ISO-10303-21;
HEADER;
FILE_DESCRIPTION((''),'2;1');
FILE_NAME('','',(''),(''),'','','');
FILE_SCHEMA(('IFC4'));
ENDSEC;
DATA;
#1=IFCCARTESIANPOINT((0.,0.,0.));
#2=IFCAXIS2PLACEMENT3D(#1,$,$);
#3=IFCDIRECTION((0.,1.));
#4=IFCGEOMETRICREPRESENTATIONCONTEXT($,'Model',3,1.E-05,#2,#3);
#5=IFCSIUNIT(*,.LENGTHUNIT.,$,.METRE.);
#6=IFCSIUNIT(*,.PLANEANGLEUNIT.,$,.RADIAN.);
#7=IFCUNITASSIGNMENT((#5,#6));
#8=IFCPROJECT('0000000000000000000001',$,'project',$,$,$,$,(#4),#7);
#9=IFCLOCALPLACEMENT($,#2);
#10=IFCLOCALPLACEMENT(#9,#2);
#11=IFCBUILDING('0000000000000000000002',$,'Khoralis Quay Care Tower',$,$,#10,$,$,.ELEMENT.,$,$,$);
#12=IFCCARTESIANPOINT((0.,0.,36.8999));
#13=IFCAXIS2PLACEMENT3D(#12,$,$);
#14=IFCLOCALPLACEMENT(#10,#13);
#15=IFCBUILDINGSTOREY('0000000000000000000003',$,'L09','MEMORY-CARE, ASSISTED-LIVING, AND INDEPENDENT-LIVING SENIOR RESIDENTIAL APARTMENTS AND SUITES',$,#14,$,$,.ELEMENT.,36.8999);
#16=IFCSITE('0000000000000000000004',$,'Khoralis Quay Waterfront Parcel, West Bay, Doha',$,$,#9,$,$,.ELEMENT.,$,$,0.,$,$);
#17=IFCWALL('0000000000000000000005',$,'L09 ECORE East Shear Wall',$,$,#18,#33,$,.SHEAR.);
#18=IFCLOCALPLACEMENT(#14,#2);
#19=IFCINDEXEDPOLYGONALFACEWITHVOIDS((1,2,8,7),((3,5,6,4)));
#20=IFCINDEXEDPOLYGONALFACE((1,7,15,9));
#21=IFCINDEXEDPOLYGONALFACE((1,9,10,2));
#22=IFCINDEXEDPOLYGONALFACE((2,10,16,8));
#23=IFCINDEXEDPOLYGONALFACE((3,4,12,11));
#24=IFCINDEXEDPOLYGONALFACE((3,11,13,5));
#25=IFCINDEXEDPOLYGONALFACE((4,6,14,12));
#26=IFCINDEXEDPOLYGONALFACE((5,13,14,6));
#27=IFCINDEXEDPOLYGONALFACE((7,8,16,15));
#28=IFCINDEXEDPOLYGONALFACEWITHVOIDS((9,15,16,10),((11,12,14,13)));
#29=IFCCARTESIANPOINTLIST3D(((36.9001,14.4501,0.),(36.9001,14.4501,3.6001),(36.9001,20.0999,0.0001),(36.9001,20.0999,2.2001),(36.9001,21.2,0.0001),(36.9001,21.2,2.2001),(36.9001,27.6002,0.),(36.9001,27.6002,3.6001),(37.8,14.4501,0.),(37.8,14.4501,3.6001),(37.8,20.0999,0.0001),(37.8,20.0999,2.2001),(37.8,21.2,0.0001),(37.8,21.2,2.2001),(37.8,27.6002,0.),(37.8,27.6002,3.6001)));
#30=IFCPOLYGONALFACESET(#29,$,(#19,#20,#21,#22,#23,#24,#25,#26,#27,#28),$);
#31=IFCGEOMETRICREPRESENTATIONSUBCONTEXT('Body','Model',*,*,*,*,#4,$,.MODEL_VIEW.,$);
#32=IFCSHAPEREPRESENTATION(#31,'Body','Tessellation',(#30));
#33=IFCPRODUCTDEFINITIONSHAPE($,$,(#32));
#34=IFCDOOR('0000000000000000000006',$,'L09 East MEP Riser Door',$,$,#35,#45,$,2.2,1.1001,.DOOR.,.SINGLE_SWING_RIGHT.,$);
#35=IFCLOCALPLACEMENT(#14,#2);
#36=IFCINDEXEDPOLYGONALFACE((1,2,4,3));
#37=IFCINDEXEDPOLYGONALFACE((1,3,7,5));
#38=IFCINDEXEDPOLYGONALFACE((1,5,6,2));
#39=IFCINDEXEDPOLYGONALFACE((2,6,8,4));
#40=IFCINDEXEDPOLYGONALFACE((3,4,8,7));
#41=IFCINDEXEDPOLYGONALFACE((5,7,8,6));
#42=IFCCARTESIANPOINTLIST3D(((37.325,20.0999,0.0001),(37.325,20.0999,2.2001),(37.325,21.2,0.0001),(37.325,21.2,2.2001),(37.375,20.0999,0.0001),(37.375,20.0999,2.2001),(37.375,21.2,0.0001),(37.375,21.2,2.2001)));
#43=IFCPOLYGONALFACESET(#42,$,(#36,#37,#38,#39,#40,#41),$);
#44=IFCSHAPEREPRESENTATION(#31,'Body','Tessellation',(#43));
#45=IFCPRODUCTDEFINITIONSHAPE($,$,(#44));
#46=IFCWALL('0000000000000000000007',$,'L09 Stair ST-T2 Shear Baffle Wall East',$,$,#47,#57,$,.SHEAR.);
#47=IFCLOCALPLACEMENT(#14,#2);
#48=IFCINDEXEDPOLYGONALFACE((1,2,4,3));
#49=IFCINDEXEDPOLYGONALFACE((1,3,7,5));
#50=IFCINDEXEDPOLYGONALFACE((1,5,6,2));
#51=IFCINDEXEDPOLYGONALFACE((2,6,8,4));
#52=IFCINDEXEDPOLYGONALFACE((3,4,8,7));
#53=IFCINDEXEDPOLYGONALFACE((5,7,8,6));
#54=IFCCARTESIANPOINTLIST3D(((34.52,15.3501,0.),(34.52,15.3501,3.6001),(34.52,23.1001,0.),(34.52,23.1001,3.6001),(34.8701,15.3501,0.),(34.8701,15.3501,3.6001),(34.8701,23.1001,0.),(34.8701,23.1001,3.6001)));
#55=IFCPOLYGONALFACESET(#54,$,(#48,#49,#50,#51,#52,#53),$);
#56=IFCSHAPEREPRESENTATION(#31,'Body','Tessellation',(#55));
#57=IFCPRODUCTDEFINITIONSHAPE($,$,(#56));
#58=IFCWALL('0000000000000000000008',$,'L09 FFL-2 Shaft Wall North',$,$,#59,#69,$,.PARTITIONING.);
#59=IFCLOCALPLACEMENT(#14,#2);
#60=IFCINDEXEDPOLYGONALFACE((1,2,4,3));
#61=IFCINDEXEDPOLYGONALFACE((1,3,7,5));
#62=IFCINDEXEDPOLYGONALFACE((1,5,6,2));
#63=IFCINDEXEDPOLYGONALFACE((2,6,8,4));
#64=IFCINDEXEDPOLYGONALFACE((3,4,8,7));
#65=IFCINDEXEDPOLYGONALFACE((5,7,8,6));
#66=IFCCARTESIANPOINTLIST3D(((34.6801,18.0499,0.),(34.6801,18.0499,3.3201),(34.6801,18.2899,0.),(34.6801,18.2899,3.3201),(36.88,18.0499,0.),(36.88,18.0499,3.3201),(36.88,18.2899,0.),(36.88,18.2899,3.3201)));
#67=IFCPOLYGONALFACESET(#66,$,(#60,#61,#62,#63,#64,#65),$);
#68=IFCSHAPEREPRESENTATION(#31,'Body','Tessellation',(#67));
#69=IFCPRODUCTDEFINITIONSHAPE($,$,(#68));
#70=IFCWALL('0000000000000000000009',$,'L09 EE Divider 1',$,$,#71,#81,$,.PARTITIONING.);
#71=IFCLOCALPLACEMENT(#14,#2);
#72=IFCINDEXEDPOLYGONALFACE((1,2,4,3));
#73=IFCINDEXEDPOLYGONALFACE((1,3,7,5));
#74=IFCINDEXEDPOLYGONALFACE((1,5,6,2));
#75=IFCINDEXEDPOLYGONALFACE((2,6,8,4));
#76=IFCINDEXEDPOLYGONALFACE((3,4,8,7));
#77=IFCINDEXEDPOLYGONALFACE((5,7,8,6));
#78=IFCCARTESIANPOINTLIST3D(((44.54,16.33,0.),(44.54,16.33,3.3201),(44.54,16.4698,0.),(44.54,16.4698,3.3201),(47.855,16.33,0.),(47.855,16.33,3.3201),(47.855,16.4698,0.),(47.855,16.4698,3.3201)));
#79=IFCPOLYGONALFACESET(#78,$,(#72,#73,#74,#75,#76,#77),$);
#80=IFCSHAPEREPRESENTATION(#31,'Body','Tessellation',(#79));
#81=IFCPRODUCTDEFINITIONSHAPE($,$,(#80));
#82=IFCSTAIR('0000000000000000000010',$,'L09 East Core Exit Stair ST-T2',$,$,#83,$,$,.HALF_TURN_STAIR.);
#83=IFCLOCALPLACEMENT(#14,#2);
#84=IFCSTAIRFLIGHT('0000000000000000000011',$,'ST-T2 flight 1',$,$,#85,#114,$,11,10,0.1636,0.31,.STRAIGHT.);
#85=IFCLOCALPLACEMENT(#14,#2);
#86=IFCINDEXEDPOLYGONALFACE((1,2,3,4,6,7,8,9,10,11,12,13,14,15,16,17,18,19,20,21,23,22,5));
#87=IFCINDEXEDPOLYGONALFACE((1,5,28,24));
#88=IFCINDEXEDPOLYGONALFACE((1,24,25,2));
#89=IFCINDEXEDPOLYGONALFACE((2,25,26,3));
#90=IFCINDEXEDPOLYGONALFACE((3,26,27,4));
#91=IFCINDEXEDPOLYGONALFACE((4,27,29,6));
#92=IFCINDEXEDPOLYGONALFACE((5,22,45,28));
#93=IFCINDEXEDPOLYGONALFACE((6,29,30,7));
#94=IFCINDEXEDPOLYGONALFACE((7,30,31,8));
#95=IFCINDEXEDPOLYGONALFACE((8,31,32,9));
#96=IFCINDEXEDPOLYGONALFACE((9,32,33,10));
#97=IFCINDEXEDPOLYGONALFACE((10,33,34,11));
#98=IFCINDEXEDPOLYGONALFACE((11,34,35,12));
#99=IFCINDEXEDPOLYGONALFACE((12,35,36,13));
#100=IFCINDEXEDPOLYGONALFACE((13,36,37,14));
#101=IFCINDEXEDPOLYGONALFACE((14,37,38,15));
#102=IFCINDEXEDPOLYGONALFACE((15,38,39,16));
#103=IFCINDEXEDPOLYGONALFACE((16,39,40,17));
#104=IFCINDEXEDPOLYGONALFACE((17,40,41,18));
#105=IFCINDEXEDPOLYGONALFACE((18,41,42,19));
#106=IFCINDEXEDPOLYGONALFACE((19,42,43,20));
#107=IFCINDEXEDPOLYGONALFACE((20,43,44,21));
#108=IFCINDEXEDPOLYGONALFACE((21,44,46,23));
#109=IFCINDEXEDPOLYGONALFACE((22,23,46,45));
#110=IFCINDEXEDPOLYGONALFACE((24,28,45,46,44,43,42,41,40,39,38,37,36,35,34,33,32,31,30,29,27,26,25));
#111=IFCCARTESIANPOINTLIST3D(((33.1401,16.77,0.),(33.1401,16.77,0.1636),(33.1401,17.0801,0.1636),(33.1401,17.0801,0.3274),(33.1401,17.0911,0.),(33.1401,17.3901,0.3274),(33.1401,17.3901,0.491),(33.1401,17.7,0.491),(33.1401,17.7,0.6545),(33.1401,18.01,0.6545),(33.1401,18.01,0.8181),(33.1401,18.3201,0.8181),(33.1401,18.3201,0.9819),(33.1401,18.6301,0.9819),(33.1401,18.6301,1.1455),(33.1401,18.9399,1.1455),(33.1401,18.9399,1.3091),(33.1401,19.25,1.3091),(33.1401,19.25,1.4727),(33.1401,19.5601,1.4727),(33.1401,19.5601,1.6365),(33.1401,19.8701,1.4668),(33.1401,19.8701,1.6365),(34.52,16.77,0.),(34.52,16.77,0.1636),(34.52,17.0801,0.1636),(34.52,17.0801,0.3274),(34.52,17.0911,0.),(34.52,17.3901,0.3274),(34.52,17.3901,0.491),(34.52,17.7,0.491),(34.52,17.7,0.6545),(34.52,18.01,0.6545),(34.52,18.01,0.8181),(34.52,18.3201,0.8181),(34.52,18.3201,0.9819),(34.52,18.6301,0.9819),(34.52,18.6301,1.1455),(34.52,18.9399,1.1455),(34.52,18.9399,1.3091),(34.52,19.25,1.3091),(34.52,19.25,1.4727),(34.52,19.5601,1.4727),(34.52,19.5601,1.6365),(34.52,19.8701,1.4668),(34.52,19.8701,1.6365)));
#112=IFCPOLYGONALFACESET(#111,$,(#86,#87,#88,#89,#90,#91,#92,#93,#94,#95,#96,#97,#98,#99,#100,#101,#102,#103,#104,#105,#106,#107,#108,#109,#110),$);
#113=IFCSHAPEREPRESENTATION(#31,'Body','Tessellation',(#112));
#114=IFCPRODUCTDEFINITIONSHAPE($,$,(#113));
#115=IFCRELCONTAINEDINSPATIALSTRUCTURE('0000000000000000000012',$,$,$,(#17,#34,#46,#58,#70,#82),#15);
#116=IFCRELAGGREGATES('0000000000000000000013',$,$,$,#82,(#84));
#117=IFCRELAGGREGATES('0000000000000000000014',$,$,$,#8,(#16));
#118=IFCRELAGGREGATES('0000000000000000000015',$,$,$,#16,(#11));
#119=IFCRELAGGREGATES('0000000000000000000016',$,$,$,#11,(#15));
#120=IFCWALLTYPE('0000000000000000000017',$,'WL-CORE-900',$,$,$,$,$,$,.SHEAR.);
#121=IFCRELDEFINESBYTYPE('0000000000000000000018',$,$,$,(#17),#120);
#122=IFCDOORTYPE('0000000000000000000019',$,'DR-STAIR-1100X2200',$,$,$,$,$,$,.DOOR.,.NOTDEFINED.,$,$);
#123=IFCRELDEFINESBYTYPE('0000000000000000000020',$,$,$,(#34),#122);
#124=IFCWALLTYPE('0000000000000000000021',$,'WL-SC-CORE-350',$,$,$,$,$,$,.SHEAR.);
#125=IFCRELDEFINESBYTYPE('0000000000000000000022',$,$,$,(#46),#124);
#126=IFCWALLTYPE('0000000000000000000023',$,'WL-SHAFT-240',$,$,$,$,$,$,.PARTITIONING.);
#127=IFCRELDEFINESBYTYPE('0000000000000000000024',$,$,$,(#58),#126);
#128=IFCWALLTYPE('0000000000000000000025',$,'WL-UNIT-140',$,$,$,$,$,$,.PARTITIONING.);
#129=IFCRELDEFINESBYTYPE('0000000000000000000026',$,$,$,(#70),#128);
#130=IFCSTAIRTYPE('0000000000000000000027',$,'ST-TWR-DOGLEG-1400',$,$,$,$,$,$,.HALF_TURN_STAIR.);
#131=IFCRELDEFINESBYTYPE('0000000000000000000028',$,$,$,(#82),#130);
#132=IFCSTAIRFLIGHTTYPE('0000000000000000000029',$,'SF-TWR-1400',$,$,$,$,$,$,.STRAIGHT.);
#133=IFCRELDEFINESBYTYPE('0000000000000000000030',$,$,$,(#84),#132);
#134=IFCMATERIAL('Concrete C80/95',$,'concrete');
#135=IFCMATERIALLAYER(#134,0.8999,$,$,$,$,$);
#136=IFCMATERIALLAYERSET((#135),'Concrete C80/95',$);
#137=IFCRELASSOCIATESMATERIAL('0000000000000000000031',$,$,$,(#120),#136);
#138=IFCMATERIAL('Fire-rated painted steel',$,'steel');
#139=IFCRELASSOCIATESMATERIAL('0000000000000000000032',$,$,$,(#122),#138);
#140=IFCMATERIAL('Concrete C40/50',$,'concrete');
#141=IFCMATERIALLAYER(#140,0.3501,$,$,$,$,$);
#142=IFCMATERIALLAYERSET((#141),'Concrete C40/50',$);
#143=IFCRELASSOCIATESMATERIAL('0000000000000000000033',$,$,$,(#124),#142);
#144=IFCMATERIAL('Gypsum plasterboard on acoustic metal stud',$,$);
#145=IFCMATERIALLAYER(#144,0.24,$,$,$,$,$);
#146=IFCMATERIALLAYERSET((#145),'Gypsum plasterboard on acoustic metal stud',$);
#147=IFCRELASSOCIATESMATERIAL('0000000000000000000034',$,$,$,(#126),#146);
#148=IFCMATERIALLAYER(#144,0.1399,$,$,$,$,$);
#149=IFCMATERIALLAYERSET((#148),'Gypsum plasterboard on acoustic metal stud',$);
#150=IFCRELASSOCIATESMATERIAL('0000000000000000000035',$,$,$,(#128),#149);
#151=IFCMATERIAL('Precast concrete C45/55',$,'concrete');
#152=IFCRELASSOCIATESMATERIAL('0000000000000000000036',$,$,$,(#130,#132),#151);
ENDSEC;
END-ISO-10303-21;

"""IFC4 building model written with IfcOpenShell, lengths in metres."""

from ifc_helpers import new_model, si_unit, direction, frame, frame_2d, origin, place, context, subcontext, project, spatial, polyline, rectangle, outline, extrude, source, transform, mapped, material, layer, layer_set, type_object, element, fill, aggregate, save


model = new_model("IFC4")

# Units and contexts
model_context = context("Model", 3, precision=1e-05, world=origin(), true_north=direction((0.0, 1.0)))
body_context = subcontext(model_context, "Body", "Model", "MODEL_VIEW")
ifc_project = project(units=[si_unit("LENGTHUNIT", "METRE"), si_unit("PLANEANGLEUNIT", "RADIAN")], contexts=[model_context])

# Site, building, storey
site_placement = place(None, origin())
site = spatial("IfcSite", under=ifc_project, at=site_placement, Name="Khoralis Quay Waterfront Parcel, West Bay, Doha", CompositionType="ELEMENT", RefElevation=0.0)
building_placement = place(site_placement, origin())
building = spatial("IfcBuilding", under=site, at=building_placement, Name="Khoralis Quay Care Tower", CompositionType="ELEMENT")
storey_placement = place(building_placement, frame((0.0, 0.0, 36.8999)))
storey = spatial("IfcBuildingStorey", under=building, at=storey_placement, Name="L09", Description="MEMORY-CARE, ASSISTED-LIVING, AND INDEPENDENT-LIVING SENIOR RESIDENTIAL APARTMENTS AND SUITES", CompositionType="ELEMENT", Elevation=36.8999)

# Shared definitions
ifc_material_1 = material(Name="Concrete C80/95", Category="concrete")

# Wall, opening, door
ifc_layer_1 = layer(ifc_material_1, 0.8999)
ifc_layer_set_1 = layer_set([ifc_layer_1], Name="Concrete C80/95")
wall_type_1 = type_object("IfcWallType", Name="WL-CORE-900", PredefinedType="SHEAR", material=ifc_layer_set_1)
wall_1_placement = place(storey_placement, frame((37.3501, 14.45, 0.0), z_axis=(0.0, 0.0, 1.0), x_axis=(0.0, 1.0, 0.0)))
wall_1 = element("IfcWall", 1, at=wall_1_placement, inside=storey, type_object=wall_type_1, Name="L09 ECORE East Shear Wall", PredefinedType="SHEAR", context=body_context, shape_type="SweptSolid", body=[
    extrude(rectangle(XDim=13.1501, YDim=0.8999, at=frame_2d((6.5752, 0.0))), origin(), (0.0, 0.0, 1.0), 3.6001),
])
opening_placement = place(wall_1_placement, frame((5.6499, 0.0, 0.0)))
opening = element("IfcOpeningElement", 2, at=opening_placement, cuts=wall_1, PredefinedType="OPENING", context=body_context, shape_type="SweptSolid", body=[
    extrude(rectangle(XDim=1.1001, YDim=2.2, at=frame_2d((0.55, 1.1001))), frame((0.0, 0.46, 0.0), z_axis=(0.0, -1.0, 0.0), x_axis=(1.0, 0.0, 0.0)), (0.0, 0.0, 1.0), 0.9199),
])
ifc_material_2 = material(Name="Fire-rated painted steel", Category="steel")
door_type = type_object("IfcDoorType", Name="DR-STAIR-1100X2200", OperationType="NOTDEFINED", PredefinedType="DOOR", material=ifc_material_2)
shared_shape_1 = source(origin(), body_context, "Body", "SweptSolid", [
    extrude(rectangle(XDim=1.1001, YDim=2.2, at=frame_2d((0.55, 1.1001))), frame((0.0, 0.0249, 0.0), z_axis=(0.0, -1.0, 0.0), x_axis=(1.0, 0.0, 0.0)), (0.0, 0.0, 1.0), 0.05),
])
door_placement = place(opening_placement, frame((1.1001, 0.0, 0.0), z_axis=(0.0, 0.0, 1.0), x_axis=(-1.0, 0.0, 0.0)))
door = element("IfcDoor", 3, at=door_placement, inside=storey, type_object=door_type, Name="L09 East MEP Riser Door", OperationType="SINGLE_SWING_RIGHT", OverallHeight=2.2, OverallWidth=1.1001, PredefinedType="DOOR", context=body_context, shape_type="MappedRepresentation", body=[
    mapped(shared_shape_1, transform((0.0, 0.0, 0.0), scale=1.0)),
])
fill(opening, door)

# Walls
ifc_material_3 = material(Name="Concrete C40/50", Category="concrete")
ifc_layer_2 = layer(ifc_material_3, 0.3501)
ifc_layer_set_2 = layer_set([ifc_layer_2], Name="Concrete C40/50")
wall_type_2 = type_object("IfcWallType", Name="WL-SC-CORE-350", PredefinedType="SHEAR", material=ifc_layer_set_2)
wall_2_placement = place(storey_placement, frame((34.6951, 15.3501, 0.0), z_axis=(0.0, 0.0, 1.0), x_axis=(0.0, 1.0, 0.0)))
element("IfcWall", 4, at=wall_2_placement, inside=storey, type_object=wall_type_2, Name="L09 Stair ST-T2 Shear Baffle Wall East", PredefinedType="SHEAR", context=body_context, shape_type="SweptSolid", body=[
    extrude(rectangle(XDim=7.75, YDim=0.3501, at=frame_2d((3.875, 0.0))), origin(), (0.0, 0.0, 1.0), 3.6001),
])
ifc_material_4 = material(Name="Gypsum plasterboard on acoustic metal stud")
ifc_layer_3 = layer(ifc_material_4, 0.24)
ifc_layer_set_3 = layer_set([ifc_layer_3], Name="Gypsum plasterboard on acoustic metal stud")
wall_type_3 = type_object("IfcWallType", Name="WL-SHAFT-240", PredefinedType="PARTITIONING", material=ifc_layer_set_3)
wall_3_placement = place(storey_placement, frame((34.6799, 18.1699, 0.0), z_axis=(0.0, 0.0, 1.0), x_axis=(1.0, 0.0, 0.0)))
element("IfcWall", 5, at=wall_3_placement, inside=storey, type_object=wall_type_3, Name="L09 FFL-2 Shaft Wall North", PredefinedType="PARTITIONING", context=body_context, shape_type="SweptSolid", body=[
    extrude(rectangle(XDim=2.2, YDim=0.24, at=frame_2d((1.1001, 0.0))), origin(), (0.0, 0.0, 1.0), 3.3201),
])
ifc_layer_4 = layer(ifc_material_4, 0.1399)
ifc_layer_set_4 = layer_set([ifc_layer_4], Name="Gypsum plasterboard on acoustic metal stud")
wall_type_4 = type_object("IfcWallType", Name="WL-UNIT-140", PredefinedType="PARTITIONING", material=ifc_layer_set_4)
wall_4_placement = place(storey_placement, frame((44.54, 16.3999, 0.0), z_axis=(0.0, 0.0, 1.0), x_axis=(1.0, 0.0, 0.0)))
element("IfcWall", 6, at=wall_4_placement, inside=storey, type_object=wall_type_4, Name="L09 EE Divider 1", PredefinedType="PARTITIONING", context=body_context, shape_type="SweptSolid", body=[
    extrude(rectangle(XDim=3.3149, YDim=0.1399, at=frame_2d((1.6575, 0.0))), origin(), (0.0, 0.0, 1.0), 3.3201),
])

# Stair, stair flight
ifc_material_5 = material(Name="Precast concrete C45/55", Category="concrete")
stair_type = type_object("IfcStairType", Name="ST-TWR-DOGLEG-1400", PredefinedType="HALF_TURN_STAIR", material=ifc_material_5)
stair_placement = place(storey_placement, origin())
stair = element("IfcStair", 7, at=stair_placement, inside=storey, type_object=stair_type, Name="L09 East Core Exit Stair ST-T2", PredefinedType="HALF_TURN_STAIR")
stair_flight_type = type_object("IfcStairFlightType", Name="SF-TWR-1400", PredefinedType="STRAIGHT", material=ifc_material_5)
shared_shape_2 = source(origin(), body_context, "Body", "SweptSolid", [
    extrude(outline(polyline([(0.0, 0.0), (0.0, 0.1636), (0.3101, 0.1636), (0.3101, 0.3274), (0.6201, 0.3274), (0.6201, 0.491), (0.9299, 0.491), (0.9299, 0.6545), (1.24, 0.6545), (1.24, 0.8181), (1.55, 0.8181), (1.55, 0.9819), (1.8601, 0.9819), (1.8601, 1.1455), (2.1699, 1.1455), (2.1699, 1.3091), (2.48, 1.3091), (2.48, 1.4727), (2.79, 1.4727), (2.79, 1.6365), (3.1001, 1.6365), (3.1001, 1.8), (3.1001, 1.4668), (0.321, 0.0), (0.0, 0.0)])), frame((0.0, 0.6899, 0.0), z_axis=(0.0, -1.0, 0.0), x_axis=(1.0, 0.0, 0.0)), (0.0, 0.0, 1.0), 1.3799),
])
stair_flight_placement = place(storey_placement, frame((33.8301, 16.77, 0.0), z_axis=(0.0, 0.0, 1.0), x_axis=(0.0, 1.0, 0.0)))
stair_flight = element("IfcStairFlight", 8, at=stair_flight_placement, type_object=stair_flight_type, Name="ST-T2 flight 1", NumberOfRisers=11, NumberOfTreads=10, PredefinedType="STRAIGHT", RiserHeight=0.1636, TreadLength=0.31, context=body_context, shape_type="MappedRepresentation", body=[
    mapped(shared_shape_2, transform((0.0, 0.0, 0.0), scale=1.0)),
])
aggregate(stair, [stair_flight])

save(model, "model.ifc")
